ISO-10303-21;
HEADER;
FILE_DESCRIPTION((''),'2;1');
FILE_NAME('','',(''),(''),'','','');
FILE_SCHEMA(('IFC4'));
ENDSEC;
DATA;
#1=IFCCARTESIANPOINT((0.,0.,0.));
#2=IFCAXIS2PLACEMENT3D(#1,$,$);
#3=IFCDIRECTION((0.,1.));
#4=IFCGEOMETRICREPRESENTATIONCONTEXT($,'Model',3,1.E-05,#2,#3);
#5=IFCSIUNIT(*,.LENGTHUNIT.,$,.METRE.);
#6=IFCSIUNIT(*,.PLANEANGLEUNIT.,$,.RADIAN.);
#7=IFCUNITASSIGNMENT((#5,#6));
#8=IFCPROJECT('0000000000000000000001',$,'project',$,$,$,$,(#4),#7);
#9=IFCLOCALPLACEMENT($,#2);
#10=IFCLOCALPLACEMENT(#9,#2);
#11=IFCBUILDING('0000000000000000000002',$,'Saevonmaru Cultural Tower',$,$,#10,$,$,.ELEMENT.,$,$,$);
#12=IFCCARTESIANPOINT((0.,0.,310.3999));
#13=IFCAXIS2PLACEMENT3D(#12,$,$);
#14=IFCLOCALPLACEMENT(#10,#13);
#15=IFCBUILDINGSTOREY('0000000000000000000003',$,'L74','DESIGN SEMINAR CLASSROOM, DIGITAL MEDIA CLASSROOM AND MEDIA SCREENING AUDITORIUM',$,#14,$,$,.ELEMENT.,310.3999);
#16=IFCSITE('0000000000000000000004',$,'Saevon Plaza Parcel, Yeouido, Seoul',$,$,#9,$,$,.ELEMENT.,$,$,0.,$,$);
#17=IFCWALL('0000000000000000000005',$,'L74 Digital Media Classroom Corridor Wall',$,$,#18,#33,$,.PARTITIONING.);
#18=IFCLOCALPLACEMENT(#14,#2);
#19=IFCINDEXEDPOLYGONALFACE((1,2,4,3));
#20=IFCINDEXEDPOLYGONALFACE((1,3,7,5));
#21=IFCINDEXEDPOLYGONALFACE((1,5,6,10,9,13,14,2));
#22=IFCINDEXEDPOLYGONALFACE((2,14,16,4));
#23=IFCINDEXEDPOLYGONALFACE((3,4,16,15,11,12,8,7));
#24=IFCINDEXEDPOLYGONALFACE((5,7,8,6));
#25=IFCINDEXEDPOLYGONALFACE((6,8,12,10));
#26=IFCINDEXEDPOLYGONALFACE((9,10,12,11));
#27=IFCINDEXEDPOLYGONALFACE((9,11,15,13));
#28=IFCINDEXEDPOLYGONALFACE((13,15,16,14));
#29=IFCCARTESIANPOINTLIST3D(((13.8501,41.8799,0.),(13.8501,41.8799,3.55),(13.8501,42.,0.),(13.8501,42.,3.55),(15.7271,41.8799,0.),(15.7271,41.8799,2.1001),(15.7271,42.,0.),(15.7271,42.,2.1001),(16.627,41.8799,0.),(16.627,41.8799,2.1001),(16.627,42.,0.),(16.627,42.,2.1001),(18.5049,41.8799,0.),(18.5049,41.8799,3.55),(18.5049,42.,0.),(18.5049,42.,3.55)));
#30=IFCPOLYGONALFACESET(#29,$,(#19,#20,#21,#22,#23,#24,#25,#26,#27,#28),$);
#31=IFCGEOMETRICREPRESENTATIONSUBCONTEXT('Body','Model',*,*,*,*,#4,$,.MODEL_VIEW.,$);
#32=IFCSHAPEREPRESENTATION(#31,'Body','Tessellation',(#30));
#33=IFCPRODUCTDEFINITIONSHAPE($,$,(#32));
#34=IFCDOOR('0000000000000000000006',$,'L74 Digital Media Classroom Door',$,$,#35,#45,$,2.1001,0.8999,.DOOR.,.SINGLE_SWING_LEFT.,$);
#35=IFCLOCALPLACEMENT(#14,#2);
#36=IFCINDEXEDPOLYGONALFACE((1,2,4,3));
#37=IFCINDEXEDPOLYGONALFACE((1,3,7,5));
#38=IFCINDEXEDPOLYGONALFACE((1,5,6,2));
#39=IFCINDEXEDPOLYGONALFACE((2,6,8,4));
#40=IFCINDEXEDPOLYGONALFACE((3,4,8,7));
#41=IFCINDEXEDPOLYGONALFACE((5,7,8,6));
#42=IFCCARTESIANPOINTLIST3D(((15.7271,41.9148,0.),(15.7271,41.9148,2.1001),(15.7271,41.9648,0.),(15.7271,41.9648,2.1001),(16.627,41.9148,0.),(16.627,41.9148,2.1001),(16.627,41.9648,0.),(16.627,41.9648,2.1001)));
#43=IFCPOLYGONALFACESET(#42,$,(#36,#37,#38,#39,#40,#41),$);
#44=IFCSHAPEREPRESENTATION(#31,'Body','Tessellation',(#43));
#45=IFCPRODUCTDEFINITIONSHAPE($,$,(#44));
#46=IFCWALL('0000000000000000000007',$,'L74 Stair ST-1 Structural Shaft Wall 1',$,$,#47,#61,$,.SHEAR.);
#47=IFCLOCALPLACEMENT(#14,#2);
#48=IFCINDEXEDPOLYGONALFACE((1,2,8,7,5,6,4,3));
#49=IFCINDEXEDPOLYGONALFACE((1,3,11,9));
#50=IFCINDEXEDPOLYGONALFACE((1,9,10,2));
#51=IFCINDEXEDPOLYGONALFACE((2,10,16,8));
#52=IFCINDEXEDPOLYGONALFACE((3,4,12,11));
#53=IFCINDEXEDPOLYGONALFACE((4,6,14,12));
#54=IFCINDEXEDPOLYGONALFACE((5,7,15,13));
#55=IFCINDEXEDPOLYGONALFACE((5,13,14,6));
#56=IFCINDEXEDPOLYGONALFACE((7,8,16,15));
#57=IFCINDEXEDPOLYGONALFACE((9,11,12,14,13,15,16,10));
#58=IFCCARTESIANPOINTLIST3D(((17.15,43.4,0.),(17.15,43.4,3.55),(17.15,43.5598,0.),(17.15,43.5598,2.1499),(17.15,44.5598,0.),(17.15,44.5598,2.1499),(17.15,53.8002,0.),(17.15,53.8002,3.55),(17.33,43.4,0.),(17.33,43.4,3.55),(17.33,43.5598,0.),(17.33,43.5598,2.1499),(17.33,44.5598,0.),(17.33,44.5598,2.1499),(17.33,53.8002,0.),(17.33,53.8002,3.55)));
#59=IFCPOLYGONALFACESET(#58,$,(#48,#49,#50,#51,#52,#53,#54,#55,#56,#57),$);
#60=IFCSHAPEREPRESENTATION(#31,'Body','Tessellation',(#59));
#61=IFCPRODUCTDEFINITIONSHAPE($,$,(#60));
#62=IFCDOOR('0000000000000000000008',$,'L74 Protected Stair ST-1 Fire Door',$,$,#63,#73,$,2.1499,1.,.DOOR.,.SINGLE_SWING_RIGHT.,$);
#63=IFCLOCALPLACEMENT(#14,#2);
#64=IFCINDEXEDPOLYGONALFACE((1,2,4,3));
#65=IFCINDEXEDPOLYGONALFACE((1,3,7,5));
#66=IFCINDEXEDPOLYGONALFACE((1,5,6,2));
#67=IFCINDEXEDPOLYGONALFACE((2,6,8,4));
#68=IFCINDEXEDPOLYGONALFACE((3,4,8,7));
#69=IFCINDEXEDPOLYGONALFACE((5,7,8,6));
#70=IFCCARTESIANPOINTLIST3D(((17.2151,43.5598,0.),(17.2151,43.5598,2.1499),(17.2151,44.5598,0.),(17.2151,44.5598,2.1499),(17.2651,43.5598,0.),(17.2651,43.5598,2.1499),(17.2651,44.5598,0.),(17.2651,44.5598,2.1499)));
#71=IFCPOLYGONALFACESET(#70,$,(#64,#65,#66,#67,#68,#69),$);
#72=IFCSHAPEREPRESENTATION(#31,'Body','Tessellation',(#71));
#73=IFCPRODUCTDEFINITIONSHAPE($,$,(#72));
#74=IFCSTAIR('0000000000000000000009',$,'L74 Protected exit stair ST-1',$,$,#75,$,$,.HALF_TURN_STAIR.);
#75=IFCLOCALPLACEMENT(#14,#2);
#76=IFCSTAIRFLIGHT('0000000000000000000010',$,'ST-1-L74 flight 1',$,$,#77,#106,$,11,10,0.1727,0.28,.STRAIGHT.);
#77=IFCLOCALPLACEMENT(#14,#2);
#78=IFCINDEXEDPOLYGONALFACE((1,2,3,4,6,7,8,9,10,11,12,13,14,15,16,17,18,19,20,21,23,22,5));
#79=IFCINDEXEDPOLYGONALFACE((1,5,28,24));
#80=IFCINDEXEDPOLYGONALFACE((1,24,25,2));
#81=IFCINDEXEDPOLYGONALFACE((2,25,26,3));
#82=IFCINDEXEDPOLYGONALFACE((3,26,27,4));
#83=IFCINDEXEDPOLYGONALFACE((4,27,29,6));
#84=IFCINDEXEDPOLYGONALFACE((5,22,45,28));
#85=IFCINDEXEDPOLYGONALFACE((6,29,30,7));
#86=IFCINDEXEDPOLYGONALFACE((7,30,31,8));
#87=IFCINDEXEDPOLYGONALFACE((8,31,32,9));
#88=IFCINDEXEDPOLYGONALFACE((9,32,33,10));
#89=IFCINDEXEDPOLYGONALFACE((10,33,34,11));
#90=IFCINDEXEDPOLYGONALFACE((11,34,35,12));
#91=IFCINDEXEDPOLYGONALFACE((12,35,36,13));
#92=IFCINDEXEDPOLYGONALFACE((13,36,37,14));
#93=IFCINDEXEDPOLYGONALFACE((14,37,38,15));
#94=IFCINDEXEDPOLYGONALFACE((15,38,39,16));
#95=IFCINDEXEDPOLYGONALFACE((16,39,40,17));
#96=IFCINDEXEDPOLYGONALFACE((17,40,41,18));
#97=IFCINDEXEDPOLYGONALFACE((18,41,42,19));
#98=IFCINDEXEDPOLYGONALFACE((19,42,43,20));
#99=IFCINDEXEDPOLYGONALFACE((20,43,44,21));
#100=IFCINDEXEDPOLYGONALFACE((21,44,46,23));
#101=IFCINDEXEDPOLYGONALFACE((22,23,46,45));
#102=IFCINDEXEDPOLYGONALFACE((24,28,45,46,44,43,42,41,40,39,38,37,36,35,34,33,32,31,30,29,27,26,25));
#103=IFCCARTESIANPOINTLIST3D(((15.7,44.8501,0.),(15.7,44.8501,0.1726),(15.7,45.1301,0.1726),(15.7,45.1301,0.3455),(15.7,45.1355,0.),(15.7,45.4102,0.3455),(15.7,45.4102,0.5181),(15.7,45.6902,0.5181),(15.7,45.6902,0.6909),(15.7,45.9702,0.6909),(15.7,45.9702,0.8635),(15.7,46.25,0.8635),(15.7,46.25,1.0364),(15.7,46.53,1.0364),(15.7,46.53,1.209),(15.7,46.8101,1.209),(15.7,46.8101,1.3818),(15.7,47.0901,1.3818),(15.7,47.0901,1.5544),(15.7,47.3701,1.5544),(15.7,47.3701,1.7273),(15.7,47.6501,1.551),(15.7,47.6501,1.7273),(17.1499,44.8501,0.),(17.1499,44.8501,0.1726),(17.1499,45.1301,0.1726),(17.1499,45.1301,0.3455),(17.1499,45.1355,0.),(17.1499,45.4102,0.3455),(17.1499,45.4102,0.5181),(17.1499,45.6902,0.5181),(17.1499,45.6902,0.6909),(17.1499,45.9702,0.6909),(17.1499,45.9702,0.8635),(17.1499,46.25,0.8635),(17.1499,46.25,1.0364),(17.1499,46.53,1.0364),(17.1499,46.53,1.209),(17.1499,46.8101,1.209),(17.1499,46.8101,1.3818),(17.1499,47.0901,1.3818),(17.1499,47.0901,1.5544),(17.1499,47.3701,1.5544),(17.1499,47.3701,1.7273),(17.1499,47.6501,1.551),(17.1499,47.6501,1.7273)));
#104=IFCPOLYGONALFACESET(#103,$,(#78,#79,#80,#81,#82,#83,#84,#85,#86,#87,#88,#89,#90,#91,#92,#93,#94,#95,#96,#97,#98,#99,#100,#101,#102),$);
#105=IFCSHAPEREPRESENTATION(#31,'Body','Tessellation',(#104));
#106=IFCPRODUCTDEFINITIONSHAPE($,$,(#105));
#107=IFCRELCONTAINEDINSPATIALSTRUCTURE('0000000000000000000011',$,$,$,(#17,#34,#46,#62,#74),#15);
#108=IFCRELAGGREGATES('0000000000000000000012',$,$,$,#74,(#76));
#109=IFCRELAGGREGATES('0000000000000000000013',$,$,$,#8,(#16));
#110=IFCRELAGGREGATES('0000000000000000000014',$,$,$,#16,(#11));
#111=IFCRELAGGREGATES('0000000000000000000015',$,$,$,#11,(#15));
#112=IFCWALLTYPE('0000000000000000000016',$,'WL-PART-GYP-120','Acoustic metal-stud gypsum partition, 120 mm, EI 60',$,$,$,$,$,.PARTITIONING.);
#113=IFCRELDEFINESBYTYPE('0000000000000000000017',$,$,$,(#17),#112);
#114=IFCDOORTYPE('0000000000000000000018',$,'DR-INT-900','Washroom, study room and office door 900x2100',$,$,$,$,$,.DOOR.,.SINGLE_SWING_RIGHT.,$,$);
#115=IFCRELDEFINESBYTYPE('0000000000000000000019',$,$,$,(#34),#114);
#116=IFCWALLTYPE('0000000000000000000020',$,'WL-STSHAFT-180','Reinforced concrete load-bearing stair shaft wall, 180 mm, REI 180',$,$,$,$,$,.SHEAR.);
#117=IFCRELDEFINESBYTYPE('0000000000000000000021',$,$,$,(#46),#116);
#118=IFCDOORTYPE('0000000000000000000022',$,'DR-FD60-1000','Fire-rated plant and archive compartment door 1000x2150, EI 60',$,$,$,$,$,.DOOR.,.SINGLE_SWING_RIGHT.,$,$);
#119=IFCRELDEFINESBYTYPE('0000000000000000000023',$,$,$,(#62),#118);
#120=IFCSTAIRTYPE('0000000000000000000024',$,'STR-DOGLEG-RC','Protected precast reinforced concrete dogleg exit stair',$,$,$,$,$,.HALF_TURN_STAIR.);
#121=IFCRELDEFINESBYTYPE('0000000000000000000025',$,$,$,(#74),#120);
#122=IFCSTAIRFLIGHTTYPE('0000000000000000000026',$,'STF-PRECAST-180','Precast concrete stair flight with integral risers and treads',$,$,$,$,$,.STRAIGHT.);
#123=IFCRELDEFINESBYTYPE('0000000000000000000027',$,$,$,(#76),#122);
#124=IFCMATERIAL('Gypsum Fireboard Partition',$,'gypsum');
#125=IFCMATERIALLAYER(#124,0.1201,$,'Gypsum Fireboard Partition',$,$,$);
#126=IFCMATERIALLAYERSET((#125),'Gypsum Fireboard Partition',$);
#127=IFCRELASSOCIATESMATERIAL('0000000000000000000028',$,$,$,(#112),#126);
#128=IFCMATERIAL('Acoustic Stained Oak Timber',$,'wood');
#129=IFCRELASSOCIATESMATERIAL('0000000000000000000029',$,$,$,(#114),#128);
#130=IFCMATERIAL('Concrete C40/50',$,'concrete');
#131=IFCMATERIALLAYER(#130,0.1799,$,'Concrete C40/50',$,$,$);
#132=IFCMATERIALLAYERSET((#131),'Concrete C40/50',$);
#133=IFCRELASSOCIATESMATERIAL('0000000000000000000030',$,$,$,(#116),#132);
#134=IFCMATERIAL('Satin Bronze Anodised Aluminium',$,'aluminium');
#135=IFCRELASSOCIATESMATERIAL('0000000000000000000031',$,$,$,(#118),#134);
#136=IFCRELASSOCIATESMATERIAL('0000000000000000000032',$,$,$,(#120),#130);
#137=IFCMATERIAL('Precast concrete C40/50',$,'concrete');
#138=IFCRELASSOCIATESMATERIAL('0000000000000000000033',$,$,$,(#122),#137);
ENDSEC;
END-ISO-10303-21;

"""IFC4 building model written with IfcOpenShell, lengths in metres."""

from ifc_helpers import new_model, si_unit, direction, frame, frame_2d, origin, place, context, subcontext, project, spatial, polyline, rectangle, outline, extrude, material, layer, layer_set, type_object, element, fill, aggregate, save


model = new_model("IFC4")

# Units and contexts
model_context = context("Model", 3, precision=1e-05, world=origin(), true_north=direction((0.0, 1.0)))
body_context = subcontext(model_context, "Body", "Model", "MODEL_VIEW")
ifc_project = project(units=[si_unit("LENGTHUNIT", "METRE"), si_unit("PLANEANGLEUNIT", "RADIAN")], contexts=[model_context])

# Site, building, storey
site_placement = place(None, origin())
site = spatial("IfcSite", under=ifc_project, at=site_placement, Name="Saevon Plaza Parcel, Yeouido, Seoul", CompositionType="ELEMENT", RefElevation=0.0)
building_placement = place(site_placement, origin())
building = spatial("IfcBuilding", under=site, at=building_placement, Name="Saevonmaru Cultural Tower", CompositionType="ELEMENT")
storey_placement = place(building_placement, frame((0.0, 0.0, 310.3999)))
storey = spatial("IfcBuildingStorey", under=building, at=storey_placement, Name="L74", Description="DESIGN SEMINAR CLASSROOM, DIGITAL MEDIA CLASSROOM AND MEDIA SCREENING AUDITORIUM", CompositionType="ELEMENT", Elevation=310.3999)

# Shared definitions
ifc_material_1 = material(Name="Satin Bronze Anodised Aluminium", Category="aluminium")

# Shared definitions
ifc_material_2 = material(Name="Gypsum Fireboard Partition", Category="gypsum")

# Walls, openings, doors
ifc_material_3 = material(Name="Acoustic Stained Oak Timber", Category="wood")
ifc_layer_1 = layer(ifc_material_2, 0.1201, Name="Gypsum Fireboard Partition")
ifc_layer_set_1 = layer_set([ifc_layer_1], Name="Gypsum Fireboard Partition")
wall_type_1 = type_object("IfcWallType", Name="WL-PART-GYP-120", Description="Acoustic metal-stud gypsum partition, 120 mm, EI 60", PredefinedType="PARTITIONING", material=ifc_layer_set_1)
wall_1_placement = place(storey_placement, frame((13.8501, 41.9399, 0.0), z_axis=(0.0, 0.0, 1.0), x_axis=(1.0, 0.0, 0.0)))
wall_1 = element("IfcWall", 1, at=wall_1_placement, inside=storey, type_object=wall_type_1, Name="L74 Digital Media Classroom Corridor Wall", PredefinedType="PARTITIONING", context=body_context, shape_type="SweptSolid", body=[
    extrude(rectangle(XDim=4.6548, YDim=0.1201, at=frame_2d((2.3274, 0.0))), origin(), (0.0, 0.0, 1.0), 3.55),
])
opening_1_placement = place(wall_1_placement, frame((1.877, 0.0, 0.0)))
opening_1 = element("IfcOpeningElement", 2, at=opening_1_placement, cuts=wall_1, PredefinedType="OPENING", context=body_context, shape_type="SweptSolid", body=[
    extrude(rectangle(XDim=0.8999, YDim=2.1001, at=frame_2d((0.45, 1.05))), frame((0.0, 0.0701, 0.0), z_axis=(0.0, -1.0, 0.0), x_axis=(1.0, 0.0, 0.0)), (0.0, 0.0, 1.0), 0.1401),
])
door_type_1 = type_object("IfcDoorType", Name="DR-INT-900", Description="Washroom, study room and office door 900x2100", OperationType="SINGLE_SWING_RIGHT", PredefinedType="DOOR", material=ifc_material_3)
door_1_placement = place(opening_1_placement, origin())
door_1 = element("IfcDoor", 3, at=door_1_placement, inside=storey, type_object=door_type_1, Name="L74 Digital Media Classroom Door", OperationType="SINGLE_SWING_LEFT", OverallHeight=2.1001, OverallWidth=0.8999, PredefinedType="DOOR", context=body_context, shape_type="SweptSolid", body=[
    extrude(rectangle(XDim=0.8999, YDim=2.1001, at=frame_2d((0.45, 1.05))), frame((0.0, 0.0249, 0.0), z_axis=(0.0, -1.0, 0.0), x_axis=(1.0, 0.0, 0.0)), (0.0, 0.0, 1.0), 0.05),
])
fill(opening_1, door_1)
ifc_material_4 = material(Name="Concrete C40/50", Category="concrete")
ifc_layer_2 = layer(ifc_material_4, 0.1799, Name="Concrete C40/50")
ifc_layer_set_2 = layer_set([ifc_layer_2], Name="Concrete C40/50")
wall_type_2 = type_object("IfcWallType", Name="WL-STSHAFT-180", Description="Reinforced concrete load-bearing stair shaft wall, 180 mm, REI 180", PredefinedType="SHEAR", material=ifc_layer_set_2)
wall_2_placement = place(storey_placement, frame((17.24, 43.3999, 0.0), z_axis=(0.0, 0.0, 1.0), x_axis=(0.0, 1.0, 0.0)))
wall_2 = element("IfcWall", 4, at=wall_2_placement, inside=storey, type_object=wall_type_2, Name="L74 Stair ST-1 Structural Shaft Wall 1", PredefinedType="SHEAR", context=body_context, shape_type="SweptSolid", body=[
    extrude(rectangle(XDim=10.4001, YDim=0.1799, at=frame_2d((5.2002, 0.0))), origin(), (0.0, 0.0, 1.0), 3.55),
])
opening_2_placement = place(wall_2_placement, frame((0.1599, 0.0, 0.0)))
opening_2 = element("IfcOpeningElement", 5, at=opening_2_placement, cuts=wall_2, PredefinedType="OPENING", context=body_context, shape_type="SweptSolid", body=[
    extrude(rectangle(XDim=1.0, YDim=2.1499, at=frame_2d((0.5, 1.075))), frame((0.0, 0.1001, 0.0), z_axis=(0.0, -1.0, 0.0), x_axis=(1.0, 0.0, 0.0)), (0.0, 0.0, 1.0), 0.2),
])
door_type_2 = type_object("IfcDoorType", Name="DR-FD60-1000", Description="Fire-rated plant and archive compartment door 1000x2150, EI 60", OperationType="SINGLE_SWING_RIGHT", PredefinedType="DOOR", material=ifc_material_1)
door_2_placement = place(opening_2_placement, origin())
door_2 = element("IfcDoor", 6, at=door_2_placement, inside=storey, type_object=door_type_2, Name="L74 Protected Stair ST-1 Fire Door", OperationType="SINGLE_SWING_RIGHT", OverallHeight=2.1499, OverallWidth=1.0, PredefinedType="DOOR", context=body_context, shape_type="SweptSolid", body=[
    extrude(rectangle(XDim=1.0, YDim=2.1499, at=frame_2d((0.5, 1.075))), frame((0.0, 0.0249, 0.0), z_axis=(0.0, -1.0, 0.0), x_axis=(1.0, 0.0, 0.0)), (0.0, 0.0, 1.0), 0.05),
])
fill(opening_2, door_2)

# Stair, stair flight
stair_type = type_object("IfcStairType", Name="STR-DOGLEG-RC", Description="Protected precast reinforced concrete dogleg exit stair", PredefinedType="HALF_TURN_STAIR", material=ifc_material_4)
stair_placement = place(storey_placement, origin())
stair = element("IfcStair", 7, at=stair_placement, inside=storey, type_object=stair_type, Name="L74 Protected exit stair ST-1", PredefinedType="HALF_TURN_STAIR")
ifc_material_5 = material(Name="Precast concrete C40/50", Category="concrete")
stair_flight_type = type_object("IfcStairFlightType", Name="STF-PRECAST-180", Description="Precast concrete stair flight with integral risers and treads", PredefinedType="STRAIGHT", material=ifc_material_5)
stair_flight_placement = place(storey_placement, frame((16.425, 44.8501, 0.0), z_axis=(0.0, 0.0, 1.0), x_axis=(0.0, 1.0, 0.0)))
stair_flight = element("IfcStairFlight", 8, at=stair_flight_placement, type_object=stair_flight_type, Name="ST-1-L74 flight 1", NumberOfRisers=11, NumberOfTreads=10, PredefinedType="STRAIGHT", RiserHeight=0.1727, TreadLength=0.28, context=body_context, shape_type="SweptSolid", body=[
    extrude(outline(polyline([(0.0, 0.0), (0.0, 0.1726), (0.28, 0.1726), (0.28, 0.3455), (0.5601, 0.3455), (0.5601, 0.5181), (0.8401, 0.5181), (0.8401, 0.6909), (1.1201, 0.6909), (1.1201, 0.8635), (1.3999, 0.8635), (1.3999, 1.0364), (1.6799, 1.0364), (1.6799, 1.209), (1.96, 1.209), (1.96, 1.3818), (2.24, 1.3818), (2.24, 1.5544), (2.52, 1.5544), (2.52, 1.7273), (2.8, 1.7273), (2.8, 1.8999), (2.8, 1.551), (0.2854, 0.0), (0.0, 0.0)])), frame((0.0, 0.7251, 0.0), z_axis=(0.0, -1.0, 0.0), x_axis=(1.0, 0.0, 0.0)), (0.0, 0.0, 1.0), 1.45),
])
aggregate(stair, [stair_flight])

save(model, "model.ifc")
